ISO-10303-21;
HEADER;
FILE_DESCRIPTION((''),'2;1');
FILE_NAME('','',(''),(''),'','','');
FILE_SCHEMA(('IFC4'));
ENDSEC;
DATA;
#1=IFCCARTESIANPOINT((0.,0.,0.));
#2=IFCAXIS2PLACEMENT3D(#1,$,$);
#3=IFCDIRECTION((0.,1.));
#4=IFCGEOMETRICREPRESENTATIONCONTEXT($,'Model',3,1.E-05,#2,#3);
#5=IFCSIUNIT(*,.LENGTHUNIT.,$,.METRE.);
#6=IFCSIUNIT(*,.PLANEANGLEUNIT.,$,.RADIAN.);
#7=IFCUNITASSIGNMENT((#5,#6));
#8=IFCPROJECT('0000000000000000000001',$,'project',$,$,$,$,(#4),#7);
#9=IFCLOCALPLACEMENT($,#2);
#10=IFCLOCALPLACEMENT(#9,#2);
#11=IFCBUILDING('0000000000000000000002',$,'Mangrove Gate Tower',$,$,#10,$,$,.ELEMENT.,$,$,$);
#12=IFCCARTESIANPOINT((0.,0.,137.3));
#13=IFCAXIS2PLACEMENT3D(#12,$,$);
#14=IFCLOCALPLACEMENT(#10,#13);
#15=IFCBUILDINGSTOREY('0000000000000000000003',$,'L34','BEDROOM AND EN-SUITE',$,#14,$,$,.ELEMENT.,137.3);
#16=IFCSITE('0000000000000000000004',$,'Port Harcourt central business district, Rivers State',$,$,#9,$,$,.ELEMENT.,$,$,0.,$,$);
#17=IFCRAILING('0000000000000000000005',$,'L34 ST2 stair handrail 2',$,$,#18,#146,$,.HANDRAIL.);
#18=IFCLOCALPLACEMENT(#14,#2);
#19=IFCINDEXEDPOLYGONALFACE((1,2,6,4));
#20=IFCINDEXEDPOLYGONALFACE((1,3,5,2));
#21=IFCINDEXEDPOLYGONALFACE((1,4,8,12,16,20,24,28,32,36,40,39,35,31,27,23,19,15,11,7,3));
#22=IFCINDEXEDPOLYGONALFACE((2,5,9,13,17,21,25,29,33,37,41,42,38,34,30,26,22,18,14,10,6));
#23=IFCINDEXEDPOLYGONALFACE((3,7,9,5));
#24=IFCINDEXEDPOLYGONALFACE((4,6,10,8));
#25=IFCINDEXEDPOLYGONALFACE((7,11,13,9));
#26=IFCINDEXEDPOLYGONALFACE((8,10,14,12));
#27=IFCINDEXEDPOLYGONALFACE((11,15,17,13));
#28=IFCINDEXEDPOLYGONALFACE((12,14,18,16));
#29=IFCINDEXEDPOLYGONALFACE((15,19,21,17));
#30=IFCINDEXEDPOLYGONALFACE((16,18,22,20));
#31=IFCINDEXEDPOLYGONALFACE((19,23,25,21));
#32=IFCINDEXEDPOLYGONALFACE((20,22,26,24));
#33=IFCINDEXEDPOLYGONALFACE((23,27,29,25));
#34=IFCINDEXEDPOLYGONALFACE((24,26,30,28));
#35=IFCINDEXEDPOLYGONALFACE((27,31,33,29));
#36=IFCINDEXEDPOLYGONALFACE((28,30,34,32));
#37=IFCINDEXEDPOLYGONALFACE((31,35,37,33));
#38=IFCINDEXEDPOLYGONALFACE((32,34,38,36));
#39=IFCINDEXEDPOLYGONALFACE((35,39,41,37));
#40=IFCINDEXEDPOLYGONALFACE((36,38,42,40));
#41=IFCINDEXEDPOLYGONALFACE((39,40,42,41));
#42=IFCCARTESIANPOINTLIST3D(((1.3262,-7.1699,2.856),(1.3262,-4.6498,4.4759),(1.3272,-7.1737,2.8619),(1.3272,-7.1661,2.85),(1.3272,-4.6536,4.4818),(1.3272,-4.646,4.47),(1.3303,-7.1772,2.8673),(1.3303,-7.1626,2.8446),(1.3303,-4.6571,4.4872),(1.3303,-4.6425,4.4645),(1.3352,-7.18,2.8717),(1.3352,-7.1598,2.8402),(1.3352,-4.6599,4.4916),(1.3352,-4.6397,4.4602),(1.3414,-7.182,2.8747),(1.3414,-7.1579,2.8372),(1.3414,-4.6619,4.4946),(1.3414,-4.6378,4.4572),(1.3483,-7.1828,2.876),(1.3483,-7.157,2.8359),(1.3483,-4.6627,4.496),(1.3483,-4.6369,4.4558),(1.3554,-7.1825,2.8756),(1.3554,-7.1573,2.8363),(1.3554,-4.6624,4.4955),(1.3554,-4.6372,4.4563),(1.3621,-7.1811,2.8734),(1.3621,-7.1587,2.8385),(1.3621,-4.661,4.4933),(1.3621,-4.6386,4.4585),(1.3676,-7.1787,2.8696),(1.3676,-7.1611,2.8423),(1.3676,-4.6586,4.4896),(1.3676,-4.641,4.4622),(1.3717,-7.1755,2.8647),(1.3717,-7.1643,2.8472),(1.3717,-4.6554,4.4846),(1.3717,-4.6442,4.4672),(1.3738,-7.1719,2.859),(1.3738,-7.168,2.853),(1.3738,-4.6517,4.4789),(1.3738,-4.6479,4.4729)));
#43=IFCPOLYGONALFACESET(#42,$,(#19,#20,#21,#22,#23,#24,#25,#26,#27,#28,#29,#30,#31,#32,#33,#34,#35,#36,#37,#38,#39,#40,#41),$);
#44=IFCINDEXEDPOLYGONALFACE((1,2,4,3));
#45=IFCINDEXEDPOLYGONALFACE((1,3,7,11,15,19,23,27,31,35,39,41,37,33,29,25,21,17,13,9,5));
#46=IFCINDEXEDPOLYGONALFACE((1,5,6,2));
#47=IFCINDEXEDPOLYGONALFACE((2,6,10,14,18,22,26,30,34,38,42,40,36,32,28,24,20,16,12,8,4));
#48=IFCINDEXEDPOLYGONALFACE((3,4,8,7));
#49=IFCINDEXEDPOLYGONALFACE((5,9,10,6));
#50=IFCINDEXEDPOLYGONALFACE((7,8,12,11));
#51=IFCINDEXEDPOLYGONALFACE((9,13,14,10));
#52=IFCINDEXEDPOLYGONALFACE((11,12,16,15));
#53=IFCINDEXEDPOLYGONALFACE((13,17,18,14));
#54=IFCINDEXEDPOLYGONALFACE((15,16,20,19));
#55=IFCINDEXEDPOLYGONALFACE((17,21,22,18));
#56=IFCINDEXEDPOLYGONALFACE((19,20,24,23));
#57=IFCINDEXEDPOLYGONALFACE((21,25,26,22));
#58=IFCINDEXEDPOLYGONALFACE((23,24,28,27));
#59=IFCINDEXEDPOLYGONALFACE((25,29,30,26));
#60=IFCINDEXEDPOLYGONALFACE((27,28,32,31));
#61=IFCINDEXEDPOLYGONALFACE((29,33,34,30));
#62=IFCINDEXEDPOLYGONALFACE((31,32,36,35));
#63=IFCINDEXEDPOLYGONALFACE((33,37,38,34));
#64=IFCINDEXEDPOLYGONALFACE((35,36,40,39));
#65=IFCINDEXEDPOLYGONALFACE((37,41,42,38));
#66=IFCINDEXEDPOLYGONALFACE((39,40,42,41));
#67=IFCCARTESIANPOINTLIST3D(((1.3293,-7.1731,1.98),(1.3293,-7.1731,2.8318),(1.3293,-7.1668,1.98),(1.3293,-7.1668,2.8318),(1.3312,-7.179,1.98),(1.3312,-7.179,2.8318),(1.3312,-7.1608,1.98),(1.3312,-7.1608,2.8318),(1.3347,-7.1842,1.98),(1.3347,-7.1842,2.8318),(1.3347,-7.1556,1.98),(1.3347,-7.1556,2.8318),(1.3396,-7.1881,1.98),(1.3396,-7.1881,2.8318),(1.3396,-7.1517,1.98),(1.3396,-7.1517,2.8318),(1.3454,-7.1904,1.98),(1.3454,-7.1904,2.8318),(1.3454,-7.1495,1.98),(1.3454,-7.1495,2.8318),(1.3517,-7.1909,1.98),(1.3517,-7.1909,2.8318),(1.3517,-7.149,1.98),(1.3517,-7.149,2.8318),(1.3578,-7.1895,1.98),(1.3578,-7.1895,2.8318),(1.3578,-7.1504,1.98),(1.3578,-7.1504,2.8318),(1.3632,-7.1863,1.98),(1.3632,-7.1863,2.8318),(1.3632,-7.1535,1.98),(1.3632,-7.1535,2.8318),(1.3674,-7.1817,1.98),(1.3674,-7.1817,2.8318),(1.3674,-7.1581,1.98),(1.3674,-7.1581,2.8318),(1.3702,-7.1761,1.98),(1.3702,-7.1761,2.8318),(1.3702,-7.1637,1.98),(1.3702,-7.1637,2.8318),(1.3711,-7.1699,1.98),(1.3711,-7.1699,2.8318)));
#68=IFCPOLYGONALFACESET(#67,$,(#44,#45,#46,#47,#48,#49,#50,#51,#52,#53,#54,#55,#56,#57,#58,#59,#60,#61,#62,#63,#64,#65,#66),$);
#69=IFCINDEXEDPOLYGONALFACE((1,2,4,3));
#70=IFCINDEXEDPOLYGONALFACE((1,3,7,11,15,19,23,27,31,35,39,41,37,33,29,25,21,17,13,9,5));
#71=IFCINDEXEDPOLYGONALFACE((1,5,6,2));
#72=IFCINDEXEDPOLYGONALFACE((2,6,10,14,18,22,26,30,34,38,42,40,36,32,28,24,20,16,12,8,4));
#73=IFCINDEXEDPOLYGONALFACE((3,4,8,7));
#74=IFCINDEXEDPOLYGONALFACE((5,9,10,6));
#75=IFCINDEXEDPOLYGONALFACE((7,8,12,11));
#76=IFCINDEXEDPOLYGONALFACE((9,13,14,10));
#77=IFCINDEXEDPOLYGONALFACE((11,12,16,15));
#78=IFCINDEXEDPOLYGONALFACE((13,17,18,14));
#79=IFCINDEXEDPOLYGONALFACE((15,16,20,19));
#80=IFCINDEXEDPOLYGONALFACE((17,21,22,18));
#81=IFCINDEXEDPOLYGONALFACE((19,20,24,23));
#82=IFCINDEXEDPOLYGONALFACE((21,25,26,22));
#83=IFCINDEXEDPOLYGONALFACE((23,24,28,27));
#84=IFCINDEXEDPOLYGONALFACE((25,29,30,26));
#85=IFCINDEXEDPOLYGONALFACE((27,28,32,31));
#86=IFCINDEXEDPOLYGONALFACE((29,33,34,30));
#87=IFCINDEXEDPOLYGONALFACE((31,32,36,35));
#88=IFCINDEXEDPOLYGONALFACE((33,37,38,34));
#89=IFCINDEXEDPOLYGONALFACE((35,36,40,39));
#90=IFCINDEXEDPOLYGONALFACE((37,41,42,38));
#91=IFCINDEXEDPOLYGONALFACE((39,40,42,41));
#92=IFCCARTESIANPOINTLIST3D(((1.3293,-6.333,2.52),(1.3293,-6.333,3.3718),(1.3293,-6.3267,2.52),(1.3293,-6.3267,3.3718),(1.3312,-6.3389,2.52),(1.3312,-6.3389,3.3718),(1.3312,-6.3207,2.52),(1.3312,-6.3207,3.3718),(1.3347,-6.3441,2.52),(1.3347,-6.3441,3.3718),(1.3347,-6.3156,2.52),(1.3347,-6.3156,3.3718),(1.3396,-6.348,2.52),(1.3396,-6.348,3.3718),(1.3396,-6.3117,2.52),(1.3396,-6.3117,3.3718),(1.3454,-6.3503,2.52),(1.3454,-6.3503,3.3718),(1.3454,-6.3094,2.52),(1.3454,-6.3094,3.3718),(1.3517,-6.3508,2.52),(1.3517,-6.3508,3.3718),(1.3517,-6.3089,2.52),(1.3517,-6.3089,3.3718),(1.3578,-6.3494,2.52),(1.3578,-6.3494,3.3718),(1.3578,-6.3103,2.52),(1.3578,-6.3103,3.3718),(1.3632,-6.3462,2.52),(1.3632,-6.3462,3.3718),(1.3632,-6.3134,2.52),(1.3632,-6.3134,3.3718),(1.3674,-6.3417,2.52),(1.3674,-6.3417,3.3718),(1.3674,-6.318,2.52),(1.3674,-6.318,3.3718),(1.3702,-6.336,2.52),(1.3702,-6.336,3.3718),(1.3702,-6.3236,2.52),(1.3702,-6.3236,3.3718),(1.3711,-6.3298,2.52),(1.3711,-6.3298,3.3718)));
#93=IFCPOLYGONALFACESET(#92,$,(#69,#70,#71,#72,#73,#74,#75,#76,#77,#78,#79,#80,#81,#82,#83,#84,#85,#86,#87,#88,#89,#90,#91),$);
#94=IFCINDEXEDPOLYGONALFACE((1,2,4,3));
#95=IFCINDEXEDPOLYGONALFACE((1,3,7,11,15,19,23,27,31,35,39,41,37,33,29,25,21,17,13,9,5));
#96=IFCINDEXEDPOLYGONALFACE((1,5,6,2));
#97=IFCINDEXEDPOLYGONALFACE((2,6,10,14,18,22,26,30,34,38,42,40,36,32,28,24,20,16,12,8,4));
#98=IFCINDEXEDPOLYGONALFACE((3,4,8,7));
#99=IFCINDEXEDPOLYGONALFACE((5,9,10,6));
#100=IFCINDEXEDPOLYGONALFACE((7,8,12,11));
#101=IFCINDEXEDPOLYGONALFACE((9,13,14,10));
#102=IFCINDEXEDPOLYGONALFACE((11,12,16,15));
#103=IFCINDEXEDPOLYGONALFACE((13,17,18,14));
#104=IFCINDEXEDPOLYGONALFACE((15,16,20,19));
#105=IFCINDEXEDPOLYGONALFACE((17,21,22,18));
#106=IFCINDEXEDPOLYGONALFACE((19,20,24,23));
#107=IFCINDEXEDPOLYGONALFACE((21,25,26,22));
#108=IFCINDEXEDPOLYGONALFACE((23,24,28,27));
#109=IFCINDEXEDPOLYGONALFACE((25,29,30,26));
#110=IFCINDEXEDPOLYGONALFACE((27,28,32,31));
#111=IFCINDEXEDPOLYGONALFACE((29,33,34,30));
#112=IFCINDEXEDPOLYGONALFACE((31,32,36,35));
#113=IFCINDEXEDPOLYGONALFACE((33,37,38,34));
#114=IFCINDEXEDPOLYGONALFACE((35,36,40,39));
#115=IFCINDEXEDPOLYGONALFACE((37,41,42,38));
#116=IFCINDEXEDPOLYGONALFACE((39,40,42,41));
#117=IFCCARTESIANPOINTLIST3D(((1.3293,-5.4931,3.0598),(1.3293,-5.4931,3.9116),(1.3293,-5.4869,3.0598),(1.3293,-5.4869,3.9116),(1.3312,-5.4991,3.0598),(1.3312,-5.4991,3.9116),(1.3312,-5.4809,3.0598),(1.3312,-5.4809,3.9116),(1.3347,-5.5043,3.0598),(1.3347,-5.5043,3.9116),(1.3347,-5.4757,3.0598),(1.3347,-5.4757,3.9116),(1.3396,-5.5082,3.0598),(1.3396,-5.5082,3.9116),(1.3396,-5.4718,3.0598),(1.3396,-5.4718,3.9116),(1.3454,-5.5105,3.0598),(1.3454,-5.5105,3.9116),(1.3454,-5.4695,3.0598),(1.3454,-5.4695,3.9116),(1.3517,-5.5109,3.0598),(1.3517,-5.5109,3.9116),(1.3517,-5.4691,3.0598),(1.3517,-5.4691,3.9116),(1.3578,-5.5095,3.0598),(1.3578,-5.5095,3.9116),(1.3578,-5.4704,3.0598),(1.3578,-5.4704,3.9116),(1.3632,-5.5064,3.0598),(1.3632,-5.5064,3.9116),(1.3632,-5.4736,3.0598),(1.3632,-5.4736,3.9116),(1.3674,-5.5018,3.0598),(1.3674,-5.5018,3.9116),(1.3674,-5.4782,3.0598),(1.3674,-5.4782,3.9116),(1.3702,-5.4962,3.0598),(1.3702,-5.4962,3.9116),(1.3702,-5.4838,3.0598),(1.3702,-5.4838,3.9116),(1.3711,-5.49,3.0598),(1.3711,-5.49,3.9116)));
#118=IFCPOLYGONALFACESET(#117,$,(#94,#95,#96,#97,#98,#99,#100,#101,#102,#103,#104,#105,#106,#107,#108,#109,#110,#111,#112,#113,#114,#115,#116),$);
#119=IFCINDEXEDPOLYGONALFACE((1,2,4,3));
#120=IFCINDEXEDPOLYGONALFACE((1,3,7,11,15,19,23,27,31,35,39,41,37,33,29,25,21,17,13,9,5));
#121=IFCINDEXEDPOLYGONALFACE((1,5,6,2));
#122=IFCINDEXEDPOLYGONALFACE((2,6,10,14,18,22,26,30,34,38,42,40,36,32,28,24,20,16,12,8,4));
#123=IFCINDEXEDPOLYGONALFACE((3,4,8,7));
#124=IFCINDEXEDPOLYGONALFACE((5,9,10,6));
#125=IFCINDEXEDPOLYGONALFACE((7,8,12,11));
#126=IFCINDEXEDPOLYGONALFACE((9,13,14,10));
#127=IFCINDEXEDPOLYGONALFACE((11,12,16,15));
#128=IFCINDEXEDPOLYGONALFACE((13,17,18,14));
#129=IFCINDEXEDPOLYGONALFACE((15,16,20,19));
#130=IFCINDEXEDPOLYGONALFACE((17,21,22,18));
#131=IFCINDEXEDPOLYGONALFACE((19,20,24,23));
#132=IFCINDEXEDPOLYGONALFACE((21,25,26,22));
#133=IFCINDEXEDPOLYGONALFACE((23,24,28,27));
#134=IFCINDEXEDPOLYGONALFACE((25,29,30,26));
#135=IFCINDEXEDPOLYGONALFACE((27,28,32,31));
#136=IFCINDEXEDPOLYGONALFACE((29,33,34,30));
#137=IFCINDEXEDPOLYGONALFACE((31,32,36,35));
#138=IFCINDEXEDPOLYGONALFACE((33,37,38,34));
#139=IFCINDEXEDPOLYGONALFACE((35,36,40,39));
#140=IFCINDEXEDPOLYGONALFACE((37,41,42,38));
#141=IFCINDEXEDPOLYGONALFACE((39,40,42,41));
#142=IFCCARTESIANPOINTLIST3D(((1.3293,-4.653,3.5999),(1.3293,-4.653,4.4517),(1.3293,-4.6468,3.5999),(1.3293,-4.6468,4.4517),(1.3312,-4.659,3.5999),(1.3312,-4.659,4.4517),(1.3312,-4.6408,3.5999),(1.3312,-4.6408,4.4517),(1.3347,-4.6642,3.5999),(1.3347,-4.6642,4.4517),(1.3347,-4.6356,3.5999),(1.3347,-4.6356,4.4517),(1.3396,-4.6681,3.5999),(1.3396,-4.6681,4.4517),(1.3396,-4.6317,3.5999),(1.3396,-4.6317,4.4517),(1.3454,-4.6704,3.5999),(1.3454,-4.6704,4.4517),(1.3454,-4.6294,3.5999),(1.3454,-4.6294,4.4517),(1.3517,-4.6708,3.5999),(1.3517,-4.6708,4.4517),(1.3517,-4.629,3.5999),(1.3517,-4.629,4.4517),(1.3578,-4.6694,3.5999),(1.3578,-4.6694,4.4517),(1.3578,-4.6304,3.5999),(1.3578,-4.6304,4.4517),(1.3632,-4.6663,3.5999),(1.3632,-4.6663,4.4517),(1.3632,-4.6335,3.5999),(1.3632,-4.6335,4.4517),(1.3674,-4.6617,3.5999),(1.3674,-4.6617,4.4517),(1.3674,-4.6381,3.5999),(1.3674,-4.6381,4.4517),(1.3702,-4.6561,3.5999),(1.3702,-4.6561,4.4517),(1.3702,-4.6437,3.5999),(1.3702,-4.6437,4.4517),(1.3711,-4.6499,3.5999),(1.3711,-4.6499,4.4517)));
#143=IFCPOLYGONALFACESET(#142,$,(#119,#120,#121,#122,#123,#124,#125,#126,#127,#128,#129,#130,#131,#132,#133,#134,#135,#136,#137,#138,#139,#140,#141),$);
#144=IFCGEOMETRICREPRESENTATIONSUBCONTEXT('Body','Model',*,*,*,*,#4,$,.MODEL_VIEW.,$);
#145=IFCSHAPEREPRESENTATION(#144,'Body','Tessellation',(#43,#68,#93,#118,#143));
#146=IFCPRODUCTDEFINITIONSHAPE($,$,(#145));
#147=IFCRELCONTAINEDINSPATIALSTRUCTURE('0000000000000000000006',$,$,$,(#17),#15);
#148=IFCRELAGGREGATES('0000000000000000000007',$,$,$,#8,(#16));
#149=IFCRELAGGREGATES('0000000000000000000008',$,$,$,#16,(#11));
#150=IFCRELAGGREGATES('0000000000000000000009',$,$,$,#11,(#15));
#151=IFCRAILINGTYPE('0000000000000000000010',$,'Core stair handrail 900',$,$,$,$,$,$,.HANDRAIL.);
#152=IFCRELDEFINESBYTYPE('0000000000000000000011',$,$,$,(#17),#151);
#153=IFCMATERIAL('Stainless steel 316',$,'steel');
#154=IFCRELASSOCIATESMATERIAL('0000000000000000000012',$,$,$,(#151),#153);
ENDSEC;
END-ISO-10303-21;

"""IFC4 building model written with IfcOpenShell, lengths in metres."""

from ifc_helpers import new_model, si_unit, direction, frame, origin, origin_2d, place, context, subcontext, project, spatial, circle, extrude, material, type_object, element, save


model = new_model("IFC4")

# Units and contexts
model_context = context("Model", 3, precision=1e-05, world=origin(), true_north=direction((0.0, 1.0)))
body_context = subcontext(model_context, "Body", "Model", "MODEL_VIEW")
ifc_project = project(units=[si_unit("LENGTHUNIT", "METRE"), si_unit("PLANEANGLEUNIT", "RADIAN")], contexts=[model_context])

# Site, building, storey
site_placement = place(None, origin())
site = spatial("IfcSite", under=ifc_project, at=site_placement, Name="Port Harcourt central business district, Rivers State", CompositionType="ELEMENT", RefElevation=0.0)
building_placement = place(site_placement, origin())
building = spatial("IfcBuilding", under=site, at=building_placement, Name="Mangrove Gate Tower", CompositionType="ELEMENT")
storey_placement = place(building_placement, frame((0.0, 0.0, 137.3)))
storey = spatial("IfcBuildingStorey", under=building, at=storey_placement, Name="L34", Description="BEDROOM AND EN-SUITE", CompositionType="ELEMENT", Elevation=137.3)

# Railing
ifc_material_1 = material(Name="Stainless steel 316", Category="steel")
railing_type_1 = type_object("IfcRailingType", Name="Core stair handrail 900", PredefinedType="HANDRAIL", material=ifc_material_1)
railing_1_placement = place(storey_placement, frame((1.3501, -7.1699, 1.98)))
element("IfcRailing", 1, at=railing_1_placement, inside=storey, type_object=railing_type_1, Name="L34 ST2 stair handrail 2", PredefinedType="HANDRAIL", context=body_context, shape_type="SweptSolid", body=[
    extrude(circle(Radius=0.0239, at=origin_2d()), frame((0.0, 0.0, 0.876), z_axis=(0.0, 0.8412, 0.540725), x_axis=(-1.0, 0.0, 0.0)), (0.0, 0.0, 1.0), 2.9958),
    extrude(circle(Radius=0.021, at=origin_2d()), origin(), (0.0, 0.0, 1.0), 0.8518),
    extrude(circle(Radius=0.021, at=origin_2d()), frame((0.0, 0.8401, 0.54)), (0.0, 0.0, 1.0), 0.8518),
    extrude(circle(Radius=0.021, at=origin_2d()), frame((0.0, 1.6799, 1.0798)), (0.0, 0.0, 1.0), 0.8518),
    extrude(circle(Radius=0.021, at=origin_2d()), frame((0.0, 2.52, 1.6199)), (0.0, 0.0, 1.0), 0.8518),
])

save(model, "model.ifc")
